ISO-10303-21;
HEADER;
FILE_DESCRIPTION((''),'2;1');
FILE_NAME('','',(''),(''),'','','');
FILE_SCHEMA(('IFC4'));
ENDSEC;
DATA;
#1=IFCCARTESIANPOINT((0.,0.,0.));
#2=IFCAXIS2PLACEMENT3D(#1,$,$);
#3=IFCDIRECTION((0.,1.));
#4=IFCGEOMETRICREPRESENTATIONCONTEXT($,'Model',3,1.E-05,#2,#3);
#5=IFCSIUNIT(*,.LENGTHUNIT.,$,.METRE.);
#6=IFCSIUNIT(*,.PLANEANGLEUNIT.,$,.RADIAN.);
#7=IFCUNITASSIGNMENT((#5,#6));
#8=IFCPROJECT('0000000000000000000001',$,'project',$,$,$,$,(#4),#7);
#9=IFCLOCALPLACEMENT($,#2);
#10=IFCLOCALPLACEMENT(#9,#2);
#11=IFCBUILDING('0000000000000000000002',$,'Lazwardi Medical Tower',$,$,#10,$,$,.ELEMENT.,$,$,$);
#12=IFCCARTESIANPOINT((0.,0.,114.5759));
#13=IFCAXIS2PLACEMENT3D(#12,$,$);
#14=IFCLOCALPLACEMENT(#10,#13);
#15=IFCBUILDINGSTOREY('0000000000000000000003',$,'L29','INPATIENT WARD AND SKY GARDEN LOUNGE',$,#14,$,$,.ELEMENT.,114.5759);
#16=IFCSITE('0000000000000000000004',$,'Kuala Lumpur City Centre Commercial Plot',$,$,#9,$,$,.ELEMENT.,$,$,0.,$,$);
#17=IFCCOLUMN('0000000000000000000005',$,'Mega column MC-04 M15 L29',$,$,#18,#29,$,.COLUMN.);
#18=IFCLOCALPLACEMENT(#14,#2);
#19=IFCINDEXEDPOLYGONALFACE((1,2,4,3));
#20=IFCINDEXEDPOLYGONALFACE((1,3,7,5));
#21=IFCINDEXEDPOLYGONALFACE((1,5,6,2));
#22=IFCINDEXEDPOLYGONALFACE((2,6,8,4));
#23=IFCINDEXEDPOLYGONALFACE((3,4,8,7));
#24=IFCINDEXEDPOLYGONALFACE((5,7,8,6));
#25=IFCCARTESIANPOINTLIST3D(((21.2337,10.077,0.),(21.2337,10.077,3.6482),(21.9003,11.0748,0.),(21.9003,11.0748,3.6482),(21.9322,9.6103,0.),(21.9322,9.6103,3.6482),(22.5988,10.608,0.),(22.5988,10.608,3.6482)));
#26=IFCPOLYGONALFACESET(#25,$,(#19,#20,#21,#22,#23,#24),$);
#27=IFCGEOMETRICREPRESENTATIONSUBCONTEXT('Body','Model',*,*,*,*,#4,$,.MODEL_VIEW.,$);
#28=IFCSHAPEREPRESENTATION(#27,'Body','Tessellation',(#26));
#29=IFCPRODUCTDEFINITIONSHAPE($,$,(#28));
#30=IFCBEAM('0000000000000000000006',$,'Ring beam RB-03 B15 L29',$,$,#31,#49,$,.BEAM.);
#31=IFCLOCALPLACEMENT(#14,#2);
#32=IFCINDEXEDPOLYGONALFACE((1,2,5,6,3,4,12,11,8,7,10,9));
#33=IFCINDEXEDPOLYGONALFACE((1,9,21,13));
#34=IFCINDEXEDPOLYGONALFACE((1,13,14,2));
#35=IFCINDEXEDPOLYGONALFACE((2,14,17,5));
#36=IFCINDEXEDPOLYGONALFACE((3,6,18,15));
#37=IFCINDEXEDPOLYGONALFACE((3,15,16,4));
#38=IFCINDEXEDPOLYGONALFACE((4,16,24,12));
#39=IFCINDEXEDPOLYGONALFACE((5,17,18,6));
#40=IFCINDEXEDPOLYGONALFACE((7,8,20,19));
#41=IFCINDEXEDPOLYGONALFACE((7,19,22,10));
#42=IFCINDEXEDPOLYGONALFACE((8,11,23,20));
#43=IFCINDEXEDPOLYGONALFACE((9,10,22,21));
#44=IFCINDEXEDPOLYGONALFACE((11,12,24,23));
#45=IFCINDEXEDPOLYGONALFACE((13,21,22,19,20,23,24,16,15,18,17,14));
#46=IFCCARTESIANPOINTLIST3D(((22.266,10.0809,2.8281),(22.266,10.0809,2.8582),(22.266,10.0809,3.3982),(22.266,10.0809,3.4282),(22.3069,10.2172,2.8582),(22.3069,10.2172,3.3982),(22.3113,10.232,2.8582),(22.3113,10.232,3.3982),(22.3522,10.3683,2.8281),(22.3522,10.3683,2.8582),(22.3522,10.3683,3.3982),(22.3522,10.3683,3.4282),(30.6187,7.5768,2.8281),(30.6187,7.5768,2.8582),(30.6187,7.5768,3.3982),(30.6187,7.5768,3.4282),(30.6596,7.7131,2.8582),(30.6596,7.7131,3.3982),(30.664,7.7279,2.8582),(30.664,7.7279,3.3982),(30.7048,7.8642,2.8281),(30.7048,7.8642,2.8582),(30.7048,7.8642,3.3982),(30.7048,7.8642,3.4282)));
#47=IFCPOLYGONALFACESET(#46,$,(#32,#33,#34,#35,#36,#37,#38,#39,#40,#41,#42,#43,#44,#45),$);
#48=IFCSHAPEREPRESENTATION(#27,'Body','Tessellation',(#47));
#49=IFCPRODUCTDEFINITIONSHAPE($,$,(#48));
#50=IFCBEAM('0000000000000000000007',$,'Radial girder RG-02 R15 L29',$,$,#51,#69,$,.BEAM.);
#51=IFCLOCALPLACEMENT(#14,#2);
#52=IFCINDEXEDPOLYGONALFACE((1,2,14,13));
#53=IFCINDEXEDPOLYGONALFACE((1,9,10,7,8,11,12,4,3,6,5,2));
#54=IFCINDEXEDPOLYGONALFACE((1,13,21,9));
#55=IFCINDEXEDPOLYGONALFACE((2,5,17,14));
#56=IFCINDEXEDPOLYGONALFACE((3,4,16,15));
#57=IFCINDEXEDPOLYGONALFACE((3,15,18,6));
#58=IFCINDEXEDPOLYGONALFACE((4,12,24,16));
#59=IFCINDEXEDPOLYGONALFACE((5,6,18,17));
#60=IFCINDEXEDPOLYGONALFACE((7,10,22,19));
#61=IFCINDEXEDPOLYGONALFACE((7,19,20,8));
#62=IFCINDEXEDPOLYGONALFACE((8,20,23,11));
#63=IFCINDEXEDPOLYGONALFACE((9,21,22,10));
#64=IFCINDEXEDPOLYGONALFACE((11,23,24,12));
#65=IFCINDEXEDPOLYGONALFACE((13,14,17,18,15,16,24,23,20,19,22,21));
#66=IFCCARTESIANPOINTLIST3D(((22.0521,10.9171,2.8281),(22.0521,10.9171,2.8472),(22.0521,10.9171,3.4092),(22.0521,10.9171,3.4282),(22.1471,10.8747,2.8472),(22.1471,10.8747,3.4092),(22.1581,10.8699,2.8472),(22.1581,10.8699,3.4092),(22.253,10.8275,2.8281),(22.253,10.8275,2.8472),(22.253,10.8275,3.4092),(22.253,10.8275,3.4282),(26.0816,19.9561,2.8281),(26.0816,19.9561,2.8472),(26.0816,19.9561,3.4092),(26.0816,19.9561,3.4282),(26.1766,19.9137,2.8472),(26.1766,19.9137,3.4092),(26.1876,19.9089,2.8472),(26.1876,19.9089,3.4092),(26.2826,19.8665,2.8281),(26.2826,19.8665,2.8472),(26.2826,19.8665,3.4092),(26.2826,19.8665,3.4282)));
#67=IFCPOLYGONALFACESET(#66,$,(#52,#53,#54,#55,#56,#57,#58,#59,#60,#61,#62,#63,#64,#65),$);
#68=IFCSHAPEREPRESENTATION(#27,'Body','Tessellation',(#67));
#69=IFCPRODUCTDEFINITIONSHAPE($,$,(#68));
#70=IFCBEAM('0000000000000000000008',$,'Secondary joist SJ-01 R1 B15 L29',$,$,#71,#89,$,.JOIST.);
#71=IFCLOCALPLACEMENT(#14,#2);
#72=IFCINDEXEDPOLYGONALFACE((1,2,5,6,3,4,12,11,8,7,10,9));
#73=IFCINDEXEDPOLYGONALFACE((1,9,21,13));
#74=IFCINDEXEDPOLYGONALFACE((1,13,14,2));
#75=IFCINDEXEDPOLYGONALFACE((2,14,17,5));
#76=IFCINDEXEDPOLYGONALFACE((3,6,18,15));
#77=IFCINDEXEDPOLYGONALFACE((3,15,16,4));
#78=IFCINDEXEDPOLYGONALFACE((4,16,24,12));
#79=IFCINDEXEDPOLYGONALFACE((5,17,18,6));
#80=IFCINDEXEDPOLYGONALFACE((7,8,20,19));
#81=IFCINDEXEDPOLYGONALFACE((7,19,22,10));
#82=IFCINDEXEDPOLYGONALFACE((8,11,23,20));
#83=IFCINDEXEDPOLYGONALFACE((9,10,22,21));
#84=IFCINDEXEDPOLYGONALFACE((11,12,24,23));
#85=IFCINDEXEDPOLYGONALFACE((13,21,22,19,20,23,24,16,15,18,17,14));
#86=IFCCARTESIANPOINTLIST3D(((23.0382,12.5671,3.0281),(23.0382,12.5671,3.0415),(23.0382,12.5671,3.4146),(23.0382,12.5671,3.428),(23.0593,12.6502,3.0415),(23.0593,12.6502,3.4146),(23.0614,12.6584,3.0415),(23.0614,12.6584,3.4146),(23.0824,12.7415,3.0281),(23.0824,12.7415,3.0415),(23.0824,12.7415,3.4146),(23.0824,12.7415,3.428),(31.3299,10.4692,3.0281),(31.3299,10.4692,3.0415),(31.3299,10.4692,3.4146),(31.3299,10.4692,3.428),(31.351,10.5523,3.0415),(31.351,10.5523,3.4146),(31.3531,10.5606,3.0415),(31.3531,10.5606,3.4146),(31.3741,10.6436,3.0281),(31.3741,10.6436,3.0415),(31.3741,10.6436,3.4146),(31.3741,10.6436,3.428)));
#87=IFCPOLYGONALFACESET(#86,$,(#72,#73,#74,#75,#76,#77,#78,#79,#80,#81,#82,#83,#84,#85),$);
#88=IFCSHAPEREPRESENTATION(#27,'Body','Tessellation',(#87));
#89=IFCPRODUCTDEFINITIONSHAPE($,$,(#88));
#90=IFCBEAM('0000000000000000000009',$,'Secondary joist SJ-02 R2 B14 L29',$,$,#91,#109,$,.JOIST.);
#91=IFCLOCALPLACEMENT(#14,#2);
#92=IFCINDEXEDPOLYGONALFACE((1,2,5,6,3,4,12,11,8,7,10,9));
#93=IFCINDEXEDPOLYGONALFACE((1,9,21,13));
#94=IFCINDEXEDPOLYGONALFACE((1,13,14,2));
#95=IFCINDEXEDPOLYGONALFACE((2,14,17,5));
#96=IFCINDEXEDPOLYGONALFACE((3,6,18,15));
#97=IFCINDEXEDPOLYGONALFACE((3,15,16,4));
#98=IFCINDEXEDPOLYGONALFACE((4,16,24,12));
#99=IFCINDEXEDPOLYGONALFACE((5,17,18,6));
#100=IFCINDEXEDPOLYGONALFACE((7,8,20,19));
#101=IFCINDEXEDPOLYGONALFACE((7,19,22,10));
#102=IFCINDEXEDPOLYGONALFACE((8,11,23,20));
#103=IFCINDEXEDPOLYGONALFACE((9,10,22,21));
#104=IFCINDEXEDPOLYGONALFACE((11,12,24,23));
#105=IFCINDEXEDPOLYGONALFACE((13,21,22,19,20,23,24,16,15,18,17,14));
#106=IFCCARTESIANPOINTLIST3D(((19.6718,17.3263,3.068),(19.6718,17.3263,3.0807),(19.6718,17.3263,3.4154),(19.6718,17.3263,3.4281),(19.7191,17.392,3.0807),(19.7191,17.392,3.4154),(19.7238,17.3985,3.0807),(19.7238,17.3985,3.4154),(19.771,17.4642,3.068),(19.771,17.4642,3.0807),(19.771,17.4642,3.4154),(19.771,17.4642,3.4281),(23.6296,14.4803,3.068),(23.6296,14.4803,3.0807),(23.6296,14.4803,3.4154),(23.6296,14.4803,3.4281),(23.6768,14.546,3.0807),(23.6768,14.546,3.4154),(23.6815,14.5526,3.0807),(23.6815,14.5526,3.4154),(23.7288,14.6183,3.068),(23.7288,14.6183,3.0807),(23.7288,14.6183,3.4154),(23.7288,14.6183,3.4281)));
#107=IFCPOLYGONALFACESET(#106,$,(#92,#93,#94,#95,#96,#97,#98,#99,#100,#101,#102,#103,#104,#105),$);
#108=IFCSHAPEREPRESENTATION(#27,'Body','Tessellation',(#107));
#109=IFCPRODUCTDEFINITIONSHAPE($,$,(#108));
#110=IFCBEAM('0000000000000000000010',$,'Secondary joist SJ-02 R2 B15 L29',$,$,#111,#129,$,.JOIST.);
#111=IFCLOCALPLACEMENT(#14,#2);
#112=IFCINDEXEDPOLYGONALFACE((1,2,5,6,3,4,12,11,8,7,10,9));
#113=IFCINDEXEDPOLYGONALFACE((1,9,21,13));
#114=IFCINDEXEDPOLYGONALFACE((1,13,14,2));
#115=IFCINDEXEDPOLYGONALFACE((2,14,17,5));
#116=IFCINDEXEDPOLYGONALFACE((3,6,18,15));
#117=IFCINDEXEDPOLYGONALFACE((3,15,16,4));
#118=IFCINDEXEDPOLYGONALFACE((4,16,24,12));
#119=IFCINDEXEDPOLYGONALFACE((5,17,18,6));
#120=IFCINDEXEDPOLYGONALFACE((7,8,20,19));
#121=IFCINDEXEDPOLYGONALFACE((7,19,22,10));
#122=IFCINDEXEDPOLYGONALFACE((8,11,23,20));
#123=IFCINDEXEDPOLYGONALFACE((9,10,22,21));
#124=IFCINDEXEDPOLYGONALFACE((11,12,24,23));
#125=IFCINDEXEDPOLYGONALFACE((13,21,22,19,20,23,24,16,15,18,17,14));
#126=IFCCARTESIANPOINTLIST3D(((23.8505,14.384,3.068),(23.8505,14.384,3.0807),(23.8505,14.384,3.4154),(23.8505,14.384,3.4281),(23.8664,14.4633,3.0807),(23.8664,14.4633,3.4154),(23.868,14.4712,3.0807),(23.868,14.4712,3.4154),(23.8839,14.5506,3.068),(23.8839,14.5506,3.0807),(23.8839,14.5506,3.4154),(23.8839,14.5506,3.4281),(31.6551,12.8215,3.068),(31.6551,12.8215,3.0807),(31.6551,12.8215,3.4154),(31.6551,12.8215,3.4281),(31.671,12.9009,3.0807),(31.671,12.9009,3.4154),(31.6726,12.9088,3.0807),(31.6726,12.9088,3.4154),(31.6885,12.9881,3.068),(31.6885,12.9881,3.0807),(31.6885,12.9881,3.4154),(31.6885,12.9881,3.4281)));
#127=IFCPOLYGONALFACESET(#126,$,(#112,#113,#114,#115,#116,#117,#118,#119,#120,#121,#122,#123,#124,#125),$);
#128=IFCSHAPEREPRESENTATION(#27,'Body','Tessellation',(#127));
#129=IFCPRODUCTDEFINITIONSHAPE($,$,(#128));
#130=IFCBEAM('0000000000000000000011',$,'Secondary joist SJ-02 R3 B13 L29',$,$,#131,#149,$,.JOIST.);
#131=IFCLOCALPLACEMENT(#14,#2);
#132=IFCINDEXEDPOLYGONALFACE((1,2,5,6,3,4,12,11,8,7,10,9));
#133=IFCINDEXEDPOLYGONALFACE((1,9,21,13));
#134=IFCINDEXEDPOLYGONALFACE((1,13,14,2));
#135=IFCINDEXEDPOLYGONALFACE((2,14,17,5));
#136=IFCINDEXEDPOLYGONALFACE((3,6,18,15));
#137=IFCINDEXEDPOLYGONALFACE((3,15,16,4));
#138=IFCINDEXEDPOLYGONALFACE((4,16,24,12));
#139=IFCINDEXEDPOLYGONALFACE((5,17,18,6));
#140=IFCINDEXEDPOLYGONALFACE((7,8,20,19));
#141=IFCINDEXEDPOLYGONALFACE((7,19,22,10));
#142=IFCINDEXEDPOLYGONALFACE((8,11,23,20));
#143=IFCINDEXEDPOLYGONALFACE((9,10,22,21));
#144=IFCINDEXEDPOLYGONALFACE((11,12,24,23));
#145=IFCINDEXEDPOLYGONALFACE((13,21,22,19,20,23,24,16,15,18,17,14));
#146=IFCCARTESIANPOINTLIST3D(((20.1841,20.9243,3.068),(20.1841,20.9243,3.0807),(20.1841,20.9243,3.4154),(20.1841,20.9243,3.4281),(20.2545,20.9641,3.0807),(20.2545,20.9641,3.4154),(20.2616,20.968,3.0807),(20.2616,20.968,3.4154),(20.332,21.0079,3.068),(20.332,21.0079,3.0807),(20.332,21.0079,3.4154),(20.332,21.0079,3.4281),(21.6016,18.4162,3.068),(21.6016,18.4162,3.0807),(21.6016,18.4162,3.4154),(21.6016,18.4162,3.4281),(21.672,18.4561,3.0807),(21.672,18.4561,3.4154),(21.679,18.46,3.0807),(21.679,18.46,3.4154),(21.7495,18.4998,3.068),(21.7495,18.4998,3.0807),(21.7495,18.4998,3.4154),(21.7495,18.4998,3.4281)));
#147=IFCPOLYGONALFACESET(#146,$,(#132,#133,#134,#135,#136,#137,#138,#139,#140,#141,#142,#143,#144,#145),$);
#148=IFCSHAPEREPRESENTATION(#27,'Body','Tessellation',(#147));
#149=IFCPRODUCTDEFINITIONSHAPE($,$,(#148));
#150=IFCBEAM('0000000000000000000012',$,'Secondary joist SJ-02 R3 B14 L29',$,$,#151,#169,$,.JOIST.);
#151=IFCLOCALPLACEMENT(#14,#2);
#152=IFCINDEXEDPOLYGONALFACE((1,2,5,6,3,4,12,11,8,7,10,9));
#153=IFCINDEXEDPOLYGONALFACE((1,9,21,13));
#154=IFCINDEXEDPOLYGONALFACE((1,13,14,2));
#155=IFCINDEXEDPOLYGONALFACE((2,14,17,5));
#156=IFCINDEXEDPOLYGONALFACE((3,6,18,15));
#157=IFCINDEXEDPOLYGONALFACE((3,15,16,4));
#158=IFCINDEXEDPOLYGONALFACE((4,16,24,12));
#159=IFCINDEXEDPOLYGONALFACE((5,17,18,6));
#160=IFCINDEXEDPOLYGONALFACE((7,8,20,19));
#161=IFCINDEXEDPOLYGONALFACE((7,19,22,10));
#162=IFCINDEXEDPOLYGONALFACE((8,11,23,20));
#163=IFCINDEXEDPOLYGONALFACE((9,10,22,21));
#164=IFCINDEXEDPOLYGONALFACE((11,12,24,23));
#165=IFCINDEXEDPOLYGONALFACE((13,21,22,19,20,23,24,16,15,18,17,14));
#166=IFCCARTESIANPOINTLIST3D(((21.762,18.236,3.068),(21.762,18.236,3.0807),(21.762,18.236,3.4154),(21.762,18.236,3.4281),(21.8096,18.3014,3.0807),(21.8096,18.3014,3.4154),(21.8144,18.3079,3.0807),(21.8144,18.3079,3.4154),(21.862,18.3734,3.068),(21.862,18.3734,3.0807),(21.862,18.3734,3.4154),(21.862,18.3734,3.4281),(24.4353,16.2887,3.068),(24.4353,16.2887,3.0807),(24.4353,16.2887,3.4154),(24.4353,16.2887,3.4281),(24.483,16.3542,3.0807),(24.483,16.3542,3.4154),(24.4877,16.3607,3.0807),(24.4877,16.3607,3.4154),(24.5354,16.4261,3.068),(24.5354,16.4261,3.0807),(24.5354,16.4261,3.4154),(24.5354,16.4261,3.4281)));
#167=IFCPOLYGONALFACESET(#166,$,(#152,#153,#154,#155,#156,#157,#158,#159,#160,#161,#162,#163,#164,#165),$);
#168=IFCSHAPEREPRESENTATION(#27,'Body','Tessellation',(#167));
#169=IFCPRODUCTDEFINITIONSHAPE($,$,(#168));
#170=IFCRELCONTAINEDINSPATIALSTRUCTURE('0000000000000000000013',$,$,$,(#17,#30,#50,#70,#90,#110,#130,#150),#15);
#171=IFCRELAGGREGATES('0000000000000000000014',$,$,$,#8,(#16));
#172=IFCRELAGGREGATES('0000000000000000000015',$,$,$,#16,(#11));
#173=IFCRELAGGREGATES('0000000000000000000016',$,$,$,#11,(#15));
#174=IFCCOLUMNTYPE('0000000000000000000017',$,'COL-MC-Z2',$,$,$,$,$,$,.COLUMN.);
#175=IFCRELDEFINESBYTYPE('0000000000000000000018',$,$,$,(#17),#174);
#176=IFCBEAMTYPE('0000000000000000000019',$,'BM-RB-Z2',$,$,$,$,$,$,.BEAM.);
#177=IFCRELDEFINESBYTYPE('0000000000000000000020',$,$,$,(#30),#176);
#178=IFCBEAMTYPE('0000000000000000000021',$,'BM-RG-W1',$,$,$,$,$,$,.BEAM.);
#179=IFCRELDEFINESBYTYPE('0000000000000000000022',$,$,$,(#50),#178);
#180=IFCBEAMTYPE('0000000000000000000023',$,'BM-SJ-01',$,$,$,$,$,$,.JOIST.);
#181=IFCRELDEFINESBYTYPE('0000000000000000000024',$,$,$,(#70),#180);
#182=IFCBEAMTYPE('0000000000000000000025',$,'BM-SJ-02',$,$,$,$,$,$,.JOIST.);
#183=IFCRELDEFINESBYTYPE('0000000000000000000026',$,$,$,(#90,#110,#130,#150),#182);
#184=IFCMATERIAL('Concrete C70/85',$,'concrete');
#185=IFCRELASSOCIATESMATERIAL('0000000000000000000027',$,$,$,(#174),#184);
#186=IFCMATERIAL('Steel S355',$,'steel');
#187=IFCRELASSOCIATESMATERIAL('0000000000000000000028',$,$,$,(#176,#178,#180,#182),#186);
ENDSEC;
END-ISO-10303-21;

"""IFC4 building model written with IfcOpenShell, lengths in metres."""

from ifc_helpers import new_model, si_unit, direction, frame, origin, origin_2d, place, context, subcontext, project, spatial, rectangle, i_section, extrude, material, material_profile, profile_set, type_object, element, save


model = new_model("IFC4")

# Units and contexts
model_context = context("Model", 3, precision=1e-05, world=origin(), true_north=direction((0.0, 1.0)))
body_context = subcontext(model_context, "Body", "Model", "MODEL_VIEW")
ifc_project = project(units=[si_unit("LENGTHUNIT", "METRE"), si_unit("PLANEANGLEUNIT", "RADIAN")], contexts=[model_context])

# Site, building, storey
site_placement = place(None, origin())
site = spatial("IfcSite", under=ifc_project, at=site_placement, Name="Kuala Lumpur City Centre Commercial Plot", CompositionType="ELEMENT", RefElevation=0.0)
building_placement = place(site_placement, origin())
building = spatial("IfcBuilding", under=site, at=building_placement, Name="Lazwardi Medical Tower", CompositionType="ELEMENT")
storey_placement = place(building_placement, frame((0.0, 0.0, 114.5759)))
storey = spatial("IfcBuildingStorey", under=building, at=storey_placement, Name="L29", Description="INPATIENT WARD AND SKY GARDEN LOUNGE", CompositionType="ELEMENT", Elevation=114.5759)

# Column
ifc_material_1 = material(Name="Concrete C70/85", Category="concrete")
ifc_material_profile_1 = material_profile(ifc_material_1, rectangle(XDim=1.2, YDim=0.8401, at=origin_2d()), Name="CFT-RECT 1200x840")
ifc_profile_set_1 = profile_set([ifc_material_profile_1], Name="Concrete C70/85")
column_type = type_object("IfcColumnType", Name="COL-MC-Z2", PredefinedType="COLUMN", material=ifc_profile_set_1)
column_placement = place(storey_placement, frame((21.9163, 10.3425, 0.0), z_axis=(0.0, 0.0, 1.0), x_axis=(-0.55557, -0.83147, 0.0)))
element("IfcColumn", 1, at=column_placement, inside=storey, type_object=column_type, Name="Mega column MC-04 M15 L29", PredefinedType="COLUMN", context=body_context, shape_type="SweptSolid", body=[
    extrude(rectangle(XDim=1.2, YDim=0.8401, at=origin_2d()), origin(), (0.0, 0.0, 1.0), 3.6482),
])

# Beams
ifc_material_2 = material(Name="Steel S355", Category="steel")
ifc_material_profile_2 = material_profile(ifc_material_2, i_section(OverallWidth=0.3, OverallDepth=0.6001, WebThickness=0.0154, FlangeThickness=0.03, at=origin_2d()), Name="HEB 600")
ifc_profile_set_2 = profile_set([ifc_material_profile_2], Name="Steel S355")
beam_type_1 = type_object("IfcBeamType", Name="BM-RB-Z2", PredefinedType="BEAM", material=ifc_profile_set_2)
beam_1_placement = place(storey_placement, frame((22.3091, 10.2246, 3.1282), z_axis=(0.957879, -0.287171, 0.0), x_axis=(0.287171, 0.957879, 0.0)))
element("IfcBeam", 2, at=beam_1_placement, inside=storey, type_object=beam_type_1, Name="Ring beam RB-03 B15 L29", PredefinedType="BEAM", context=body_context, shape_type="SweptSolid", body=[
    extrude(i_section(OverallWidth=0.3, OverallDepth=0.6001, WebThickness=0.0154, FlangeThickness=0.03, at=origin_2d()), origin(), (0.0, 0.0, 1.0), 8.72),
])
ifc_material_profile_3 = material_profile(ifc_material_2, i_section(OverallWidth=0.22, OverallDepth=0.6001, WebThickness=0.012, FlangeThickness=0.019, at=origin_2d()), Name="IPE 600")
ifc_profile_set_3 = profile_set([ifc_material_profile_3], Name="Steel S355")
beam_type_2 = type_object("IfcBeamType", Name="BM-RG-W1", PredefinedType="BEAM", material=ifc_profile_set_3)
beam_2_placement = place(storey_placement, frame((22.1526, 10.8723, 3.1282), z_axis=(0.407166, 0.913354, 0.0), x_axis=(-0.913354, 0.407166, 0.0)))
element("IfcBeam", 3, at=beam_2_placement, inside=storey, type_object=beam_type_2, Name="Radial girder RG-02 R15 L29", PredefinedType="BEAM", context=body_context, shape_type="SweptSolid", body=[
    extrude(i_section(OverallWidth=0.22, OverallDepth=0.6001, WebThickness=0.012, FlangeThickness=0.019, at=origin_2d()), origin(), (0.0, 0.0, 1.0), 9.8965),
])
ifc_material_profile_4 = material_profile(ifc_material_2, i_section(OverallWidth=0.1799, OverallDepth=0.3999, WebThickness=0.0085, FlangeThickness=0.0134, at=origin_2d()), Name="IPE 400")
ifc_profile_set_4 = profile_set([ifc_material_profile_4], Name="Steel S355")
beam_type_3 = type_object("IfcBeamType", Name="BM-SJ-01", PredefinedType="JOIST", material=ifc_profile_set_4)
beam_3_placement = place(storey_placement, frame((23.0603, 12.6543, 3.228), z_axis=(0.969452, -0.245282, 0.0), x_axis=(0.245282, 0.969452, 0.0)))
element("IfcBeam", 4, at=beam_3_placement, inside=storey, type_object=beam_type_3, Name="Secondary joist SJ-01 R1 B15 L29", PredefinedType="JOIST", context=body_context, shape_type="SweptSolid", body=[
    extrude(i_section(OverallWidth=0.1799, OverallDepth=0.3999, WebThickness=0.0085, FlangeThickness=0.0134, at=origin_2d()), origin(), (0.0, 0.0, 1.0), 8.553),
])
ifc_material_profile_5 = material_profile(ifc_material_2, i_section(OverallWidth=0.1699, OverallDepth=0.3601, WebThickness=0.0081, FlangeThickness=0.0127, at=origin_2d()), Name="IPE 360")
ifc_profile_set_5 = profile_set([ifc_material_profile_5], Name="Steel S355")
beam_type_4 = type_object("IfcBeamType", Name="BM-SJ-02", PredefinedType="JOIST", material=ifc_profile_set_5)
beam_4_placement = place(storey_placement, frame((19.7214, 17.3953, 3.248), z_axis=(0.811889, -0.583813, 0.0), x_axis=(0.583813, 0.811889, 0.0)))
element("IfcBeam", 5, at=beam_4_placement, inside=storey, type_object=beam_type_4, Name="Secondary joist SJ-02 R2 B14 L29", PredefinedType="JOIST", context=body_context, shape_type="SweptSolid", body=[
    extrude(i_section(OverallWidth=0.1699, OverallDepth=0.3601, WebThickness=0.0081, FlangeThickness=0.0127, at=origin_2d()), origin(), (0.0, 0.0, 1.0), 4.8748),
])
beam_5_placement = place(storey_placement, frame((23.8672, 14.4673, 3.248), z_axis=(0.980543, -0.196305, 0.0), x_axis=(0.196305, 0.980543, 0.0)))
element("IfcBeam", 6, at=beam_5_placement, inside=storey, type_object=beam_type_4, Name="Secondary joist SJ-02 R2 B15 L29", PredefinedType="JOIST", context=body_context, shape_type="SweptSolid", body=[
    extrude(i_section(OverallWidth=0.1699, OverallDepth=0.3601, WebThickness=0.0081, FlangeThickness=0.0127, at=origin_2d()), origin(), (0.0, 0.0, 1.0), 7.9595),
])
beam_6_placement = place(storey_placement, frame((20.2581, 20.9661, 3.248), z_axis=(0.492027, -0.87058, 0.0), x_axis=(0.87058, 0.492027, 0.0)))
element("IfcBeam", 7, at=beam_6_placement, inside=storey, type_object=beam_type_4, Name="Secondary joist SJ-02 R3 B13 L29", PredefinedType="JOIST", context=body_context, shape_type="SweptSolid", body=[
    extrude(i_section(OverallWidth=0.1699, OverallDepth=0.3601, WebThickness=0.0081, FlangeThickness=0.0127, at=origin_2d()), origin(), (0.0, 0.0, 1.0), 2.8809),
])
beam_7_placement = place(storey_placement, frame((21.812, 18.3047, 3.248), z_axis=(0.808302, -0.588768, 0.0), x_axis=(0.588768, 0.808302, 0.0)))
element("IfcBeam", 8, at=beam_7_placement, inside=storey, type_object=beam_type_4, Name="Secondary joist SJ-02 R3 B14 L29", PredefinedType="JOIST", context=body_context, shape_type="SweptSolid", body=[
    extrude(i_section(OverallWidth=0.1699, OverallDepth=0.3601, WebThickness=0.0081, FlangeThickness=0.0127, at=origin_2d()), origin(), (0.0, 0.0, 1.0), 3.3074),
])

save(model, "model.ifc")
